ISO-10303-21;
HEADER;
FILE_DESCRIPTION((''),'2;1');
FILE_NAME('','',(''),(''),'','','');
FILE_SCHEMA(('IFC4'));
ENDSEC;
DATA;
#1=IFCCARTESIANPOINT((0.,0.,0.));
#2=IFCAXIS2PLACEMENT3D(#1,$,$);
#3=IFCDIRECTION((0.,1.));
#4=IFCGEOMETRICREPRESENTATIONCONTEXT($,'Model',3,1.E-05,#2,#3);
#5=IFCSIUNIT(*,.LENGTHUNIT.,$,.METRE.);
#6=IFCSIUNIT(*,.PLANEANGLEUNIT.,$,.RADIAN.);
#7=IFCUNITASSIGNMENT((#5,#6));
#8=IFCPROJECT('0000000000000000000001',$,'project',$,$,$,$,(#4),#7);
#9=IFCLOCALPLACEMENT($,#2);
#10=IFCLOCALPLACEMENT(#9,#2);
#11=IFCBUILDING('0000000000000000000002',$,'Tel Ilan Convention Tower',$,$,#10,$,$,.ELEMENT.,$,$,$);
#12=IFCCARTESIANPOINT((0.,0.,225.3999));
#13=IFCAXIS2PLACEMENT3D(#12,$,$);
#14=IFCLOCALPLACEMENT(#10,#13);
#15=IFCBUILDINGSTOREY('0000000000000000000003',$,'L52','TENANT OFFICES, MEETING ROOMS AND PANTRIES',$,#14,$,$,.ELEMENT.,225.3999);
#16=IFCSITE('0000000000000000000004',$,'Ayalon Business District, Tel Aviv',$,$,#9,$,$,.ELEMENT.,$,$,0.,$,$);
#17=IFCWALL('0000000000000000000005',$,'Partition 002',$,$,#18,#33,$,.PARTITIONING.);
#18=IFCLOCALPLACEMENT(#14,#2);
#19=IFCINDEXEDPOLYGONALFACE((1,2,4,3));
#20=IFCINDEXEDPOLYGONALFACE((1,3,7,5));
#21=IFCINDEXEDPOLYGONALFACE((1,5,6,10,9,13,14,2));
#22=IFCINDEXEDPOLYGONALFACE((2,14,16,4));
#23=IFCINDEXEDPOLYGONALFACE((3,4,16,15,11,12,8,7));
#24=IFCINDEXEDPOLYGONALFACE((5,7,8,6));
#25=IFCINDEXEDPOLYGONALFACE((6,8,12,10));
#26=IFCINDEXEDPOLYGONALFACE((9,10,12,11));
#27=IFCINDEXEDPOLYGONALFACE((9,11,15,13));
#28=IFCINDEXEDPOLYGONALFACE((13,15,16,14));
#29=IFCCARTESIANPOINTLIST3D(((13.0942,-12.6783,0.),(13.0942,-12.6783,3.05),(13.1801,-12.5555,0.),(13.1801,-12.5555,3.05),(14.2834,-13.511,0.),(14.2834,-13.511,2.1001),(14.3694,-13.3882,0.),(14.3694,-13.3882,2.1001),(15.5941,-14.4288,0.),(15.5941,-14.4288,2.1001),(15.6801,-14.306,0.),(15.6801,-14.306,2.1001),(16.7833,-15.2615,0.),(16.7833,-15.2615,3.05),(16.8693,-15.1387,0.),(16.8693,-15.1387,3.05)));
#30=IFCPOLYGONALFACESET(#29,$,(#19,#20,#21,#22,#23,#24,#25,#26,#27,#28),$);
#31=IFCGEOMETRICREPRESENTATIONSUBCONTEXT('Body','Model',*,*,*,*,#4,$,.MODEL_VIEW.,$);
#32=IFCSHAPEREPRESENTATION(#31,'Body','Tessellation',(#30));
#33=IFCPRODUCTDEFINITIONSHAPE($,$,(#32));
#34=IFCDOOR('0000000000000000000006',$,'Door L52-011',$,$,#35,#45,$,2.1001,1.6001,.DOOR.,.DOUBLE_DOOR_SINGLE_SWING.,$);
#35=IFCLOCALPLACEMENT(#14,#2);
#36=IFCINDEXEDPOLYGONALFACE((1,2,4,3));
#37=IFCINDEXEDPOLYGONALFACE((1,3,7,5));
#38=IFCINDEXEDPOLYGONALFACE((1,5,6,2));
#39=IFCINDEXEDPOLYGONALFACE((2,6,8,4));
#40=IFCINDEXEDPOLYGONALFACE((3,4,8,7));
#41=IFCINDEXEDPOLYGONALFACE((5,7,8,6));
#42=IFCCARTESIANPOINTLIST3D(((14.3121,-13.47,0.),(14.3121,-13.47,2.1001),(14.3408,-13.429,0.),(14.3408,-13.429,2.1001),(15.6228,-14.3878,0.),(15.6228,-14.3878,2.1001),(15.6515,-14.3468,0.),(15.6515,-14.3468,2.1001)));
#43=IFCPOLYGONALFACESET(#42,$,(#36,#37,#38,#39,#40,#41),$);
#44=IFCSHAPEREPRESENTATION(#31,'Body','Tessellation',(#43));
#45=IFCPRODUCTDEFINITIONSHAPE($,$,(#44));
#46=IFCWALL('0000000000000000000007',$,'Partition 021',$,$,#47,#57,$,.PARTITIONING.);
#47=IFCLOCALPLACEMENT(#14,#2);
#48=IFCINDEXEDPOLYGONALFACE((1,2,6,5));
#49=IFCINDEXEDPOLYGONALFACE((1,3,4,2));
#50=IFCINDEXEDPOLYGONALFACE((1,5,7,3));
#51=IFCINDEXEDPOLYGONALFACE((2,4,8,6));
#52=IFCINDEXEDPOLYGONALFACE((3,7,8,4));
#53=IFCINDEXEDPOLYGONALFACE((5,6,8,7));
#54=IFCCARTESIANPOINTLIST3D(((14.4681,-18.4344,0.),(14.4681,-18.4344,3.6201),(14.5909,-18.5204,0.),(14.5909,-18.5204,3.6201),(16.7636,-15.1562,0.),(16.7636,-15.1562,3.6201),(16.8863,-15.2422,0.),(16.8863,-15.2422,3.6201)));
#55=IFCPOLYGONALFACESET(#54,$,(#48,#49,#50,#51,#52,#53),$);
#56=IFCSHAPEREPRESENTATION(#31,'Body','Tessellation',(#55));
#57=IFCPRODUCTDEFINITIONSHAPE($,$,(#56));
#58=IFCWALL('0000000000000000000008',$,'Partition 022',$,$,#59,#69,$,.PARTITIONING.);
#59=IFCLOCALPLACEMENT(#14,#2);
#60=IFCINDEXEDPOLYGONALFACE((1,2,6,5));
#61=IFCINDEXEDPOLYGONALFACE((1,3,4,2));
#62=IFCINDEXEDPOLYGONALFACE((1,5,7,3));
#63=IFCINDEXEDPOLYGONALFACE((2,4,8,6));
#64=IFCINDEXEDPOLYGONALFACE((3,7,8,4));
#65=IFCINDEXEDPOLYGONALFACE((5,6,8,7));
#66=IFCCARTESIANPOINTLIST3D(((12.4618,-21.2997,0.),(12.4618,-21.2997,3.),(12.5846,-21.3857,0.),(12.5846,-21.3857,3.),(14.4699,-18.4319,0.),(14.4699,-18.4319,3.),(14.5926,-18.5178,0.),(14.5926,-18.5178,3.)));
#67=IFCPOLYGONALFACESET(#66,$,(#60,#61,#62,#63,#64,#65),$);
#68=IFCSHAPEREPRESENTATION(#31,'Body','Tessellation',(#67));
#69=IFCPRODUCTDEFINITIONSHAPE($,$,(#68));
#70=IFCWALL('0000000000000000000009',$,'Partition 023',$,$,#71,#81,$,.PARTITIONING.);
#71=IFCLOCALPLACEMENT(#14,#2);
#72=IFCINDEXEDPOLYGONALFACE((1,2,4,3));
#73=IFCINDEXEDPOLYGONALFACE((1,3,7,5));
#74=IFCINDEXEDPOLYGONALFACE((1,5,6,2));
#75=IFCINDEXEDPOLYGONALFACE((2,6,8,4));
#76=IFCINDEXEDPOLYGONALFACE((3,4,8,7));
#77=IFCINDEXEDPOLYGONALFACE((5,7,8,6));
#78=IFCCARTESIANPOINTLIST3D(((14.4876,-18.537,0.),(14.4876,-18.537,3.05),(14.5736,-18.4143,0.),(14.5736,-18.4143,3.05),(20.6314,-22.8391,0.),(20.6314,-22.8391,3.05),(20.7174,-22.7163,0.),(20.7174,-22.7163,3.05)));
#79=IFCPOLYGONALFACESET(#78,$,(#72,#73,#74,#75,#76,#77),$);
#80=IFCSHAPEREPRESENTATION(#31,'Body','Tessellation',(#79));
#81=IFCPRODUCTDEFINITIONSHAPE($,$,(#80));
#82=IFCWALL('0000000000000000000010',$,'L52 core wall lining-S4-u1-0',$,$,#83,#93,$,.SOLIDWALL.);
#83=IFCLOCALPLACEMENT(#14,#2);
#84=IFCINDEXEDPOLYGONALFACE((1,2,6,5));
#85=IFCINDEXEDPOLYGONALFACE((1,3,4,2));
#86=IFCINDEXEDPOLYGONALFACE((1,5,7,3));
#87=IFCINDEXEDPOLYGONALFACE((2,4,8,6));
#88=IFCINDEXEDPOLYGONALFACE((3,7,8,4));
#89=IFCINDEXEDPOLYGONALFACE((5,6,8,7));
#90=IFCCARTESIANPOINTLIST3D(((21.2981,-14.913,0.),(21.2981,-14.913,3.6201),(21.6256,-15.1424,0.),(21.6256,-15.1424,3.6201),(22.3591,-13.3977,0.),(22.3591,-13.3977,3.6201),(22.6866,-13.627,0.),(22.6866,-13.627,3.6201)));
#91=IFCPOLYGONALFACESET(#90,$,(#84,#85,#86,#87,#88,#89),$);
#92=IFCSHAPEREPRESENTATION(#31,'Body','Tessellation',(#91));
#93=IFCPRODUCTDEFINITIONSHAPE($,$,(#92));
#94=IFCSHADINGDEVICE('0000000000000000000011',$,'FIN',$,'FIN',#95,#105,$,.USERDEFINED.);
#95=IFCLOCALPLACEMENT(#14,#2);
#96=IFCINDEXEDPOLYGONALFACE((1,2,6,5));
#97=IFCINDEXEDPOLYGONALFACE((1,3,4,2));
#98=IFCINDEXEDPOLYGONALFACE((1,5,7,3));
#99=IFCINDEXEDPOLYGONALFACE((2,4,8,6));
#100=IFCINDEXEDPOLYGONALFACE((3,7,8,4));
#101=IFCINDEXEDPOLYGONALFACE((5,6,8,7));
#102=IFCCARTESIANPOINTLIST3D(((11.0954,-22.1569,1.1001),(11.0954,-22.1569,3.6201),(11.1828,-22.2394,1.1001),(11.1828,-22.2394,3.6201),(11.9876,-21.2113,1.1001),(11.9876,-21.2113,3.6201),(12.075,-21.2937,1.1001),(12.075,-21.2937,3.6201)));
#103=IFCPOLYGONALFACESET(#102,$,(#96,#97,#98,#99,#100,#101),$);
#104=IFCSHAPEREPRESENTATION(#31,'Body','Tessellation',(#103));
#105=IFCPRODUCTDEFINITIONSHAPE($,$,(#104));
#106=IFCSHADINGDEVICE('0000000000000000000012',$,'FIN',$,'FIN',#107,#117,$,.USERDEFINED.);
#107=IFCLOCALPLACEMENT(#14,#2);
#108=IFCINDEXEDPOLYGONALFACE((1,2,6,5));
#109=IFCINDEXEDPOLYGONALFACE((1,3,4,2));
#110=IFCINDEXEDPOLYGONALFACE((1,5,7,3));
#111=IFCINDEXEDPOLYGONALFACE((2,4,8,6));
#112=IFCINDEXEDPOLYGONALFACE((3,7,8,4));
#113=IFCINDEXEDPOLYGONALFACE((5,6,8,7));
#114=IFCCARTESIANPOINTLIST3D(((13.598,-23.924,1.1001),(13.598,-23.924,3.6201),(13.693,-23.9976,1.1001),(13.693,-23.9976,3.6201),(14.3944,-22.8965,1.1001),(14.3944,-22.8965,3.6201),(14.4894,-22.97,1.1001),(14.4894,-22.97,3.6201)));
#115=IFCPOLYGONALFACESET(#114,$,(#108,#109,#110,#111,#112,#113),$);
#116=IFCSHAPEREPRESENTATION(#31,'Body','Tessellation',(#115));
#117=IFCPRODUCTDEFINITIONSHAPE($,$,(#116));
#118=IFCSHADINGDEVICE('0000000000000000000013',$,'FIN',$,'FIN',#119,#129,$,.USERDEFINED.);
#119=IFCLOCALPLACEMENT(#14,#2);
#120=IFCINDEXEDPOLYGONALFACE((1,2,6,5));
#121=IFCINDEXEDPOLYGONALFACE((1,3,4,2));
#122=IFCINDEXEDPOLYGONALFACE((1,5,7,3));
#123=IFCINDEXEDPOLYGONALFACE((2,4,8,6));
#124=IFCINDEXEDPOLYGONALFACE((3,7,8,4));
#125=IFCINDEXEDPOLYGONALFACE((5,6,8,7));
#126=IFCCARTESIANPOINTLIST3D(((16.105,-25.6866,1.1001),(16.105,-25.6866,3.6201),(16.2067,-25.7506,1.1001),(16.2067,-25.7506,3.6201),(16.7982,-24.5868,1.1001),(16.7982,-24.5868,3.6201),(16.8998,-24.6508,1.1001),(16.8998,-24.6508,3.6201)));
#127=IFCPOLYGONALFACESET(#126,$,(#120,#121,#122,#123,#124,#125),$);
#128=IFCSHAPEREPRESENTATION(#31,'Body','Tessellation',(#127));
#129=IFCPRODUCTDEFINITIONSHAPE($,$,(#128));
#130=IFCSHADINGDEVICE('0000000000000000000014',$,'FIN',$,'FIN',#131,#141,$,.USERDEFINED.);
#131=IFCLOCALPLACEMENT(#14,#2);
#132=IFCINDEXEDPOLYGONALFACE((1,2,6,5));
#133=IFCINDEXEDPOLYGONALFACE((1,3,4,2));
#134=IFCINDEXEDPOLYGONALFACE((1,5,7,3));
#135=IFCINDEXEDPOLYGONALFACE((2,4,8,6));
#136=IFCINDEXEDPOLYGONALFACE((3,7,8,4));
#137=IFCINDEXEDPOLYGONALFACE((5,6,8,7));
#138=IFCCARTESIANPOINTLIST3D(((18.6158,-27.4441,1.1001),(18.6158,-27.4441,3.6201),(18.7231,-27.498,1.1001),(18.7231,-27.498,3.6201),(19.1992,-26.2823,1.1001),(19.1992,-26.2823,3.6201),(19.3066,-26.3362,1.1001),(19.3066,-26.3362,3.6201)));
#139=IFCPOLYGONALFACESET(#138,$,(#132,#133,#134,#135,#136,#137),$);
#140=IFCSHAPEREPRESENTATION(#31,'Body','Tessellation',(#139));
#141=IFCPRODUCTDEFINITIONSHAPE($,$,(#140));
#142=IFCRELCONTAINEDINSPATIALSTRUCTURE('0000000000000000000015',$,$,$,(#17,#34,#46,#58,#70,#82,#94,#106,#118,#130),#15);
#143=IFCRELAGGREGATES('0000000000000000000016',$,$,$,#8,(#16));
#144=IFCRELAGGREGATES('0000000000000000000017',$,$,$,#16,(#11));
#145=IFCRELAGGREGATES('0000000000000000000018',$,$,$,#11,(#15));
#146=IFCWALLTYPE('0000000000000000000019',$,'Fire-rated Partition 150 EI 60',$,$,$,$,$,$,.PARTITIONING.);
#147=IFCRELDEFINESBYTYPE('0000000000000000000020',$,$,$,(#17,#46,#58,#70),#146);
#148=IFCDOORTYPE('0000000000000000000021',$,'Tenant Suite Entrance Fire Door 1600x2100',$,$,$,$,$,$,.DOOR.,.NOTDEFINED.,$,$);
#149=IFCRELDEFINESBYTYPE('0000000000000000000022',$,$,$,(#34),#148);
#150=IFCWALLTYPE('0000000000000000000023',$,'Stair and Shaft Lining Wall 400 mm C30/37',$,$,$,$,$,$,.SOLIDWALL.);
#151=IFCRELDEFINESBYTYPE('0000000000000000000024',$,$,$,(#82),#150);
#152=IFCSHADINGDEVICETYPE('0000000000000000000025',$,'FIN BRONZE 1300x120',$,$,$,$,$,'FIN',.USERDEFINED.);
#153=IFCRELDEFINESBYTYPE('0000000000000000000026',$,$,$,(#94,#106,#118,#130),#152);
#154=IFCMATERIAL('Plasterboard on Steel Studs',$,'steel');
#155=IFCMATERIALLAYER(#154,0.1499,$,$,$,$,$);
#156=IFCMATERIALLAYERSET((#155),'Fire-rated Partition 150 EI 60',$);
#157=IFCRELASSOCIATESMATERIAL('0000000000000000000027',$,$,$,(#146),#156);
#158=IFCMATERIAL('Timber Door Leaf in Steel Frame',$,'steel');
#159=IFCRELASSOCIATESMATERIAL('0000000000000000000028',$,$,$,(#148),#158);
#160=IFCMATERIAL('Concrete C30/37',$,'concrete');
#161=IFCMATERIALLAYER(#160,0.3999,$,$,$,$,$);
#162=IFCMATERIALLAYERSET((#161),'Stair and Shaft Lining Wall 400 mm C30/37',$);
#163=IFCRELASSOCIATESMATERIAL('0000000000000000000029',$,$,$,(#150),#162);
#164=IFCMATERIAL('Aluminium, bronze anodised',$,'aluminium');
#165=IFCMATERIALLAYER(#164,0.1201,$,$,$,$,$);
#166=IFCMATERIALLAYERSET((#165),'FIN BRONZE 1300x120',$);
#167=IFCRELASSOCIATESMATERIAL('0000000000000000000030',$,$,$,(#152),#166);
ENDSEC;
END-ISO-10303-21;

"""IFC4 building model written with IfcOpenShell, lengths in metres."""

from ifc_helpers import new_model, si_unit, direction, frame, frame_2d, origin, origin_2d, place, context, subcontext, project, spatial, rectangle, extrude, material, layer, layer_set, type_object, element, fill, save


model = new_model("IFC4")

# Units and contexts
model_context = context("Model", 3, precision=1e-05, world=origin(), true_north=direction((0.0, 1.0)))
body_context = subcontext(model_context, "Body", "Model", "MODEL_VIEW")
ifc_project = project(units=[si_unit("LENGTHUNIT", "METRE"), si_unit("PLANEANGLEUNIT", "RADIAN")], contexts=[model_context])

# Site, building, storey
site_placement = place(None, origin())
site = spatial("IfcSite", under=ifc_project, at=site_placement, Name="Ayalon Business District, Tel Aviv", CompositionType="ELEMENT", RefElevation=0.0)
building_placement = place(site_placement, origin())
building = spatial("IfcBuilding", under=site, at=building_placement, Name="Tel Ilan Convention Tower", CompositionType="ELEMENT")
storey_placement = place(building_placement, frame((0.0, 0.0, 225.3999)))
storey = spatial("IfcBuildingStorey", under=building, at=storey_placement, Name="L52", Description="TENANT OFFICES, MEETING ROOMS AND PANTRIES", CompositionType="ELEMENT", Elevation=225.3999)

# Wall, opening, door
ifc_material_1 = material(Name="Plasterboard on Steel Studs", Category="steel")
ifc_layer_1 = layer(ifc_material_1, 0.1499)
ifc_layer_set_1 = layer_set([ifc_layer_1], Name="Fire-rated Partition 150 EI 60")
wall_type_1 = type_object("IfcWallType", Name="Fire-rated Partition 150 EI 60", PredefinedType="PARTITIONING", material=ifc_layer_set_1)
wall_1_placement = place(storey_placement, frame((16.8264, -15.2002, 0.0), z_axis=(0.0, 0.0, 1.0), x_axis=(-0.819148, 0.573582, 0.0)))
wall_1 = element("IfcWall", 1, at=wall_1_placement, inside=storey, type_object=wall_type_1, Name="Partition 002", PredefinedType="PARTITIONING", context=body_context, shape_type="SweptSolid", body=[
    extrude(rectangle(XDim=4.5037, YDim=0.1499, at=frame_2d((2.252, 0.0))), origin(), (0.0, 0.0, 1.0), 3.05),
])
opening_placement = place(wall_1_placement, frame((1.4519, 0.0, 0.0)))
opening = element("IfcOpeningElement", 2, at=opening_placement, cuts=wall_1, PredefinedType="OPENING", context=body_context, shape_type="SweptSolid", body=[
    extrude(rectangle(XDim=1.6001, YDim=2.1001, at=frame_2d((0.8, 1.05))), frame((0.0, 0.085, 0.0), z_axis=(0.0, -1.0, 0.0), x_axis=(1.0, 0.0, 0.0)), (0.0, 0.0, 1.0), 0.1699),
])
ifc_material_2 = material(Name="Timber Door Leaf in Steel Frame", Category="steel")
door_type = type_object("IfcDoorType", Name="Tenant Suite Entrance Fire Door 1600x2100", OperationType="NOTDEFINED", PredefinedType="DOOR", material=ifc_material_2)
door_placement = place(opening_placement, origin())
door = element("IfcDoor", 3, at=door_placement, inside=storey, type_object=door_type, Name="Door L52-011", OperationType="DOUBLE_DOOR_SINGLE_SWING", OverallHeight=2.1001, OverallWidth=1.6001, PredefinedType="DOOR", context=body_context, shape_type="SweptSolid", body=[
    extrude(rectangle(XDim=1.6001, YDim=2.1001, at=frame_2d((0.8, 1.05))), frame((0.0, 0.0249, 0.0), z_axis=(0.0, -1.0, 0.0), x_axis=(1.0, 0.0, 0.0)), (0.0, 0.0, 1.0), 0.05),
])
fill(opening, door)

# Walls
wall_2_placement = place(storey_placement, frame((16.825, -15.1992, 0.0), z_axis=(0.0, 0.0, 1.0), x_axis=(-0.573589, -0.819143, 0.0)))
element("IfcWall", 4, at=wall_2_placement, inside=storey, type_object=wall_type_1, Name="Partition 021", PredefinedType="PARTITIONING", context=body_context, shape_type="SweptSolid", body=[
    extrude(rectangle(XDim=4.002, YDim=0.1499, at=frame_2d((2.001, 0.0))), origin(), (0.0, 0.0, 1.0), 3.6201),
])
wall_3_placement = place(storey_placement, frame((14.5312, -18.4749, 0.0), z_axis=(0.0, 0.0, 1.0), x_axis=(-0.573561, -0.819163, 0.0)))
element("IfcWall", 5, at=wall_3_placement, inside=storey, type_object=wall_type_1, Name="Partition 022", PredefinedType="PARTITIONING", context=body_context, shape_type="SweptSolid", body=[
    extrude(rectangle(XDim=3.501, YDim=0.1499, at=frame_2d((1.7505, 0.0))), origin(), (0.0, 0.0, 1.0), 3.0),
])
wall_4_placement = place(storey_placement, frame((20.6743, -22.7776, 0.0), z_axis=(0.0, 0.0, 1.0), x_axis=(-0.819148, 0.573582, 0.0)))
element("IfcWall", 6, at=wall_4_placement, inside=storey, type_object=wall_type_1, Name="Partition 023", PredefinedType="PARTITIONING", context=body_context, shape_type="SweptSolid", body=[
    extrude(rectangle(XDim=7.5002, YDim=0.1499, at=frame_2d((3.75, 0.0))), origin(), (0.0, 0.0, 1.0), 3.05),
])
ifc_material_3 = material(Name="Concrete C30/37", Category="concrete")
ifc_layer_2 = layer(ifc_material_3, 0.3999)
ifc_layer_set_2 = layer_set([ifc_layer_2], Name="Stair and Shaft Lining Wall 400 mm C30/37")
wall_type_2 = type_object("IfcWallType", Name="Stair and Shaft Lining Wall 400 mm C30/37", PredefinedType="SOLIDWALL", material=ifc_layer_set_2)
wall_5_placement = place(storey_placement, frame((21.4619, -15.0276, 0.0), z_axis=(0.0, 0.0, 1.0), x_axis=(0.57356, 0.819164, 0.0)))
element("IfcWall", 7, at=wall_5_placement, inside=storey, type_object=wall_type_2, Name="L52 core wall lining-S4-u1-0", PredefinedType="SOLIDWALL", context=body_context, shape_type="SweptSolid", body=[
    extrude(rectangle(XDim=1.8499, YDim=0.3999, at=frame_2d((0.9248, 0.0))), origin(), (0.0, 0.0, 1.0), 3.6201),
])

# Shading devices
ifc_material_4 = material(Name="Aluminium, bronze anodised", Category="aluminium")
ifc_layer_3 = layer(ifc_material_4, 0.1201)
ifc_layer_set_3 = layer_set([ifc_layer_3], Name="FIN BRONZE 1300x120")
shading_device_type = type_object("IfcShadingDeviceType", Name="FIN BRONZE 1300x120", ElementType="FIN", PredefinedType="USERDEFINED", material=ifc_layer_set_3)
for number, where, z_axis, x_axis, name in (
    (8, (11.5852, -21.7253, 1.1001), (0.0, 0.0, 1.0), (-0.686242, -0.727374, 0.0), "FIN"),
    (9, (14.0437, -23.447, 1.1001), (0.0, 0.0, 1.0), (-0.612601, -0.790393, 0.0), "FIN"),
    (10, (16.5024, -25.1687, 1.1001), (0.0, 0.0, 1.0), (-0.533204, -0.845986, 0.0), "FIN"),
    (11, (18.9612, -26.8901, 1.1001), (0.0, 0.0, 1.0), (-0.448799, -0.893633, 0.0), "FIN"),
):
    element("IfcShadingDevice", number, at=place(storey_placement, frame(where, z_axis=z_axis, x_axis=x_axis)), inside=storey, type_object=shading_device_type, Name=name, ObjectType="FIN", PredefinedType="USERDEFINED", context=body_context, shape_type="SweptSolid", body=[
        extrude(rectangle(XDim=1.3, YDim=0.1201, at=origin_2d()), origin(), (0.0, 0.0, 1.0), 2.52),
    ])

save(model, "model.ifc")
